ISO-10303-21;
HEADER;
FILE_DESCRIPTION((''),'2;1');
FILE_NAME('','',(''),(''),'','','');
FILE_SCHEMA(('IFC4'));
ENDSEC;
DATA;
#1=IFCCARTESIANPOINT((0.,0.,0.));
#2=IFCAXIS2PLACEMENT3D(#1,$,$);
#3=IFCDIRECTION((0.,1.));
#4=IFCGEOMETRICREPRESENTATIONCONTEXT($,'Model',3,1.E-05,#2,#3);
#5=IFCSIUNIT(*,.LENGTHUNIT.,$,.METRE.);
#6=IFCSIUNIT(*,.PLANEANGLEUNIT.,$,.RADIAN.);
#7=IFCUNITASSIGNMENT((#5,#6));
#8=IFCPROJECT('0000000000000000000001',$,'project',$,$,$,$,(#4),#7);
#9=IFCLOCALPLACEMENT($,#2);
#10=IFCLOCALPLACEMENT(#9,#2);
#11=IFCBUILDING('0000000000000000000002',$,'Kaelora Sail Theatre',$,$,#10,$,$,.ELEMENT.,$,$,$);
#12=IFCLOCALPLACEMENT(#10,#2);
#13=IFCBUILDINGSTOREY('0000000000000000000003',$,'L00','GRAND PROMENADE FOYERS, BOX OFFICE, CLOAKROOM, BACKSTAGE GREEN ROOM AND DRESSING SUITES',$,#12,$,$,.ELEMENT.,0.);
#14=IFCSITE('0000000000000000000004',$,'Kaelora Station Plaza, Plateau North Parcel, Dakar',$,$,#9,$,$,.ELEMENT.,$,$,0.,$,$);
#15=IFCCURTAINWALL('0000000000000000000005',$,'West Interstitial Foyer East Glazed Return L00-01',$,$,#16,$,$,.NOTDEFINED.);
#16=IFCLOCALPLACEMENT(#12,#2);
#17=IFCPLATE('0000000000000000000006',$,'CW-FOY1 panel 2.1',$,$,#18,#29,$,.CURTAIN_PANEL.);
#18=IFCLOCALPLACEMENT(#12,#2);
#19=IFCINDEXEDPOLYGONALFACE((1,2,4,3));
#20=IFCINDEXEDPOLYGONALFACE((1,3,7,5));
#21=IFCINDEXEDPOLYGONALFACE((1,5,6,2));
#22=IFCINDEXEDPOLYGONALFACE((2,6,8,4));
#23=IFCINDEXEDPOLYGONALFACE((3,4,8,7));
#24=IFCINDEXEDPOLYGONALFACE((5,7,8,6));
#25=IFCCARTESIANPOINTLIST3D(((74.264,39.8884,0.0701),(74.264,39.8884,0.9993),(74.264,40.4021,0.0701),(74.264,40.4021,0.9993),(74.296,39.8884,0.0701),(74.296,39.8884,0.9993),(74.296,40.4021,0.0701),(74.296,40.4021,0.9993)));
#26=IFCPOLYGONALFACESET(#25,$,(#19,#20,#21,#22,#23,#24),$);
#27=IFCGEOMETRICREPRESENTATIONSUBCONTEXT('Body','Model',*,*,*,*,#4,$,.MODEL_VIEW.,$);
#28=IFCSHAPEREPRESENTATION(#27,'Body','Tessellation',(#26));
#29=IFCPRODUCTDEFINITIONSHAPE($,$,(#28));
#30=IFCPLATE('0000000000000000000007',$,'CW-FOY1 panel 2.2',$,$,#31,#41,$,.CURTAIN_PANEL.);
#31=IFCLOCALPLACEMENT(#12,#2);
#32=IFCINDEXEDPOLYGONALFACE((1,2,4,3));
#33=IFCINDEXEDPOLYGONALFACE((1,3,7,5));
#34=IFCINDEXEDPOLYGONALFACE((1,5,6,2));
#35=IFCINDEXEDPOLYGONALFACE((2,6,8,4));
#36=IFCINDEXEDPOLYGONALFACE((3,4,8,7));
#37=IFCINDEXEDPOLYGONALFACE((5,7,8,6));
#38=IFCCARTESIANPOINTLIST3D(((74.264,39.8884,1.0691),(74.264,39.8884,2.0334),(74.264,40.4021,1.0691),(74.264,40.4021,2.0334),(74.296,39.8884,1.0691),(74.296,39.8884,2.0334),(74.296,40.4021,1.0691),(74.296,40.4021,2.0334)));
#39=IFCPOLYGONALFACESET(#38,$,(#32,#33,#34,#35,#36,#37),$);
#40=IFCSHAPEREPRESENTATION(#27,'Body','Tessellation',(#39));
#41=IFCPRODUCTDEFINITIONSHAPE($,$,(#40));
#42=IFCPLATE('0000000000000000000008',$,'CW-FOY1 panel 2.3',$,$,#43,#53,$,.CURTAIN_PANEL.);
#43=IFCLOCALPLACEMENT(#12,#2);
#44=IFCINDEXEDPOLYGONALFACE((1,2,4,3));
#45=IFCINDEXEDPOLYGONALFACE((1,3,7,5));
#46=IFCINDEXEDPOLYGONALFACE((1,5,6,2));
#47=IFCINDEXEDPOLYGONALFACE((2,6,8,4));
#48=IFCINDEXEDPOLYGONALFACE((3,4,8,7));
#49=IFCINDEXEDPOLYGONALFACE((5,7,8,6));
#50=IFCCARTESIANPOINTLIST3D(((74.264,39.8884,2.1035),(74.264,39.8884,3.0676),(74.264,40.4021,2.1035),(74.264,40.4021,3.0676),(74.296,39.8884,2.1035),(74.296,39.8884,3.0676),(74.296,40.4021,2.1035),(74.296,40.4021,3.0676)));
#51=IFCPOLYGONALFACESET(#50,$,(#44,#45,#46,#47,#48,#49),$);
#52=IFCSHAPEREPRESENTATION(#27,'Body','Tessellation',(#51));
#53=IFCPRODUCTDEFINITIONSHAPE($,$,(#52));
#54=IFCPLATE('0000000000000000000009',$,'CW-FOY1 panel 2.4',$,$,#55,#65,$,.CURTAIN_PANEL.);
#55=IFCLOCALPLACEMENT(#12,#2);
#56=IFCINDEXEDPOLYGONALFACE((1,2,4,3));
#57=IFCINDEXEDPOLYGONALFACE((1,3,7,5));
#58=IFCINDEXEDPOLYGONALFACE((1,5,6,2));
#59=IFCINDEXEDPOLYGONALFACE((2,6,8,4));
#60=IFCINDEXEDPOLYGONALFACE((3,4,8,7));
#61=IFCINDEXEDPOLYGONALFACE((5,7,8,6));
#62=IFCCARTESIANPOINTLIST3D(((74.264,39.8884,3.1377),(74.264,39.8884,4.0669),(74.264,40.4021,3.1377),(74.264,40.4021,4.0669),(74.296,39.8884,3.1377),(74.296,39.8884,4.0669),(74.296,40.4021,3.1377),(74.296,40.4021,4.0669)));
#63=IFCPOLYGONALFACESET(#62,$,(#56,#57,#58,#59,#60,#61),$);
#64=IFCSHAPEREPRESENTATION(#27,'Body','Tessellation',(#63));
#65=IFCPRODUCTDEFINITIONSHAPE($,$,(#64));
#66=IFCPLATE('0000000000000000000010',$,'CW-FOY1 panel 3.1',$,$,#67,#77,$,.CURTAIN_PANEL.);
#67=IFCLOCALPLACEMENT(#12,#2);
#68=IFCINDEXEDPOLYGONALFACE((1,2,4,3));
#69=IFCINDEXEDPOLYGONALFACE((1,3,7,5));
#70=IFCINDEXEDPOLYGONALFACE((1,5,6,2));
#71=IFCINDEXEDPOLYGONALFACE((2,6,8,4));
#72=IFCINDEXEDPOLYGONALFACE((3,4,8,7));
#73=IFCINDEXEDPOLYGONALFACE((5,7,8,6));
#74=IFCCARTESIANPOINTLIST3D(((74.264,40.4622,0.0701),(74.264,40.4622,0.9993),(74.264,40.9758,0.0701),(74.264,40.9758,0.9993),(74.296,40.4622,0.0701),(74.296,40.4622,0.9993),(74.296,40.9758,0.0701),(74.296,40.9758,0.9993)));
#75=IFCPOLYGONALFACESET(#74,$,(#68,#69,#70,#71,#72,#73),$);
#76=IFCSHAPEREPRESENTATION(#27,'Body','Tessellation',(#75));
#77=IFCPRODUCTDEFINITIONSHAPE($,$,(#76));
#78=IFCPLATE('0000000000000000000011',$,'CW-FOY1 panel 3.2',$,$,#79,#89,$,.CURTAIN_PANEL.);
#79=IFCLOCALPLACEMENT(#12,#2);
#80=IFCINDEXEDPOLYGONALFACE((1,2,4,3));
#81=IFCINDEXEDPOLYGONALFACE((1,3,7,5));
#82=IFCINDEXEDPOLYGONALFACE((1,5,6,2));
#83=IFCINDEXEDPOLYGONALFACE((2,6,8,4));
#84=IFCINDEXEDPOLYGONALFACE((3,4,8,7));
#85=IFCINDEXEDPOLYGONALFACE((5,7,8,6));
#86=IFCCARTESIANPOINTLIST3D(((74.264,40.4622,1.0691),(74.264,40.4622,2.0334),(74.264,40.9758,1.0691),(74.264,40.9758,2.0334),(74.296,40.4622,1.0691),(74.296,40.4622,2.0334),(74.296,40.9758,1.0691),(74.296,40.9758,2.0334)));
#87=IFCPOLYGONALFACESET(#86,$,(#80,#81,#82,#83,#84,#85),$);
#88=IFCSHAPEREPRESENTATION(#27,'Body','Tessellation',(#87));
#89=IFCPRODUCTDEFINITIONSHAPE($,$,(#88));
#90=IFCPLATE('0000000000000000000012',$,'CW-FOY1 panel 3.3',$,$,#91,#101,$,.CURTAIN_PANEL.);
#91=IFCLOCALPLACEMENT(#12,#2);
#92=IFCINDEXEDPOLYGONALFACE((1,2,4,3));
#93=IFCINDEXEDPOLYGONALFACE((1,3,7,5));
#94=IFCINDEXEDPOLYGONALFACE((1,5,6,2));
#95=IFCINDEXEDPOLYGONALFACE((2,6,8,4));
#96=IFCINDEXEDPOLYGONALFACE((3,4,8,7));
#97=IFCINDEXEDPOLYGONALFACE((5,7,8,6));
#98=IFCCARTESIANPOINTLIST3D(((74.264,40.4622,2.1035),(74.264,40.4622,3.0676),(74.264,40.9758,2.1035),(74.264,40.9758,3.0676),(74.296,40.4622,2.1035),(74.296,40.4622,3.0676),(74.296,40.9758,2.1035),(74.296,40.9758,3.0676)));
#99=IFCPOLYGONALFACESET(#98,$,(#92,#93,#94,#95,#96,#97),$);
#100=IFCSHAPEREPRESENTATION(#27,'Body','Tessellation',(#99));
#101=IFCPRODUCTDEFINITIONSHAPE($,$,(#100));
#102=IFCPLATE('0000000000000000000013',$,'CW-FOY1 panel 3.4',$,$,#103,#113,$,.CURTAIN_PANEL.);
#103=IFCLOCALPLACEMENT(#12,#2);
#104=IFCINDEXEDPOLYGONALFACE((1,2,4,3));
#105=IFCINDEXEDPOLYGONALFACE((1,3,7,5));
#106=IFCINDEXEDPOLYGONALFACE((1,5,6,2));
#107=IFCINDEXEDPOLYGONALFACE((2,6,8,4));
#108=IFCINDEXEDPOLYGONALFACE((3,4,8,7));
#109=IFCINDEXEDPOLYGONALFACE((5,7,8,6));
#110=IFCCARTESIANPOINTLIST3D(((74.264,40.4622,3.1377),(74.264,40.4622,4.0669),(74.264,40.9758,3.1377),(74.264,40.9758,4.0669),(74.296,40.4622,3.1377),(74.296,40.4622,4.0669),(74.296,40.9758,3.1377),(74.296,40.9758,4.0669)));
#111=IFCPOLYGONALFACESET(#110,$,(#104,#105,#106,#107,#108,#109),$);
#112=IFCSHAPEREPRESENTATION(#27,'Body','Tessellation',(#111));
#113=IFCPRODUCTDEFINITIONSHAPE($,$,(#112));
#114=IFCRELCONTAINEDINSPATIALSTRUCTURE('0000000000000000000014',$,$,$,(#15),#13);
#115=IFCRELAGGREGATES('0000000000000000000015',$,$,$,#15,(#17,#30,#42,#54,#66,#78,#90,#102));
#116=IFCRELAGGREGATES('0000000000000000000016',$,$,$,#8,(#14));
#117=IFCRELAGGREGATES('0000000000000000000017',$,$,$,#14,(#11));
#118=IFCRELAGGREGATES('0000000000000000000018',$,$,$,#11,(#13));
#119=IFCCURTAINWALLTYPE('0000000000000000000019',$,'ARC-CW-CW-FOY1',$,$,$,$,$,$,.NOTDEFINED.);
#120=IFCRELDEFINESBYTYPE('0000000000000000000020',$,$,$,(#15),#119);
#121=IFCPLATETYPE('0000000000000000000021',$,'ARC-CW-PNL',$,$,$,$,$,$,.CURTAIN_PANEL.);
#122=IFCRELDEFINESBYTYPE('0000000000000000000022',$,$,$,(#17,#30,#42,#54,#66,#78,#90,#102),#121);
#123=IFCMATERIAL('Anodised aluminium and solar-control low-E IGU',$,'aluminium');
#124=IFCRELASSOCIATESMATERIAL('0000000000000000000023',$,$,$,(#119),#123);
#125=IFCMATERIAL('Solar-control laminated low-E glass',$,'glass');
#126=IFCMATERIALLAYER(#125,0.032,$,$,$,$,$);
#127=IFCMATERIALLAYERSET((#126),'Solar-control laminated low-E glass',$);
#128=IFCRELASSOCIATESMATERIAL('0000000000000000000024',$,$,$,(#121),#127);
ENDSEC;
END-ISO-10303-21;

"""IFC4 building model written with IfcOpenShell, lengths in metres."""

from ifc_helpers import new_model, si_unit, direction, frame, origin, origin_2d, place, context, subcontext, project, spatial, rectangle, extrude, material, layer, layer_set, type_object, element, aggregate, save


model = new_model("IFC4")

# Units and contexts
model_context = context("Model", 3, precision=1e-05, world=origin(), true_north=direction((0.0, 1.0)))
body_context = subcontext(model_context, "Body", "Model", "MODEL_VIEW")
ifc_project = project(units=[si_unit("LENGTHUNIT", "METRE"), si_unit("PLANEANGLEUNIT", "RADIAN")], contexts=[model_context])

# Site, building, storey
site_placement = place(None, origin())
site = spatial("IfcSite", under=ifc_project, at=site_placement, Name="Kaelora Station Plaza, Plateau North Parcel, Dakar", CompositionType="ELEMENT", RefElevation=0.0)
building_placement = place(site_placement, origin())
building = spatial("IfcBuilding", under=site, at=building_placement, Name="Kaelora Sail Theatre", CompositionType="ELEMENT")
storey_placement = place(building_placement, origin())
storey = spatial("IfcBuildingStorey", under=building, at=storey_placement, Name="L00", Description="GRAND PROMENADE FOYERS, BOX OFFICE, CLOAKROOM, BACKSTAGE GREEN ROOM AND DRESSING SUITES", CompositionType="ELEMENT", Elevation=0.0)

# Curtain wall
ifc_material_1 = material(Name="Anodised aluminium and solar-control low-E IGU", Category="aluminium")
curtain_wall_type = type_object("IfcCurtainWallType", Name="ARC-CW-CW-FOY1", PredefinedType="NOTDEFINED", material=ifc_material_1)
curtain_wall_placement = place(storey_placement, origin())
curtain_wall = element("IfcCurtainWall", 1, at=curtain_wall_placement, inside=storey, type_object=curtain_wall_type, Name="West Interstitial Foyer East Glazed Return L00-01", PredefinedType="NOTDEFINED")

# Plates
ifc_material_2 = material(Name="Solar-control laminated low-E glass", Category="glass")
ifc_layer = layer(ifc_material_2, 0.032)
ifc_layer_set = layer_set([ifc_layer], Name="Solar-control laminated low-E glass")
plate_type = type_object("IfcPlateType", Name="ARC-CW-PNL", PredefinedType="CURTAIN_PANEL", material=ifc_layer_set)
plate_1_placement = place(storey_placement, frame((74.28, 40.1453, 0.0701), z_axis=(0.0, 0.0, 1.0), x_axis=(0.0, 1.0, 0.0)))
plate_1 = element("IfcPlate", 2, at=plate_1_placement, type_object=plate_type, Name="CW-FOY1 panel 2.1", PredefinedType="CURTAIN_PANEL", context=body_context, shape_type="SweptSolid", body=[
    extrude(rectangle(XDim=0.5137, YDim=0.032, at=origin_2d()), origin(), (0.0, 0.0, 1.0), 0.9292),
])
plate_2_placement = place(storey_placement, frame((74.28, 40.1453, 1.0691), z_axis=(0.0, 0.0, 1.0), x_axis=(0.0, 1.0, 0.0)))
plate_2 = element("IfcPlate", 3, at=plate_2_placement, type_object=plate_type, Name="CW-FOY1 panel 2.2", PredefinedType="CURTAIN_PANEL", context=body_context, shape_type="SweptSolid", body=[
    extrude(rectangle(XDim=0.5137, YDim=0.032, at=origin_2d()), origin(), (0.0, 0.0, 1.0), 0.9644),
])
plate_3_placement = place(storey_placement, frame((74.28, 40.1453, 2.1035), z_axis=(0.0, 0.0, 1.0), x_axis=(0.0, 1.0, 0.0)))
plate_3 = element("IfcPlate", 4, at=plate_3_placement, type_object=plate_type, Name="CW-FOY1 panel 2.3", PredefinedType="CURTAIN_PANEL", context=body_context, shape_type="SweptSolid", body=[
    extrude(rectangle(XDim=0.5137, YDim=0.032, at=origin_2d()), origin(), (0.0, 0.0, 1.0), 0.9641),
])
plate_4_placement = place(storey_placement, frame((74.28, 40.1453, 3.1377), z_axis=(0.0, 0.0, 1.0), x_axis=(0.0, 1.0, 0.0)))
plate_4 = element("IfcPlate", 5, at=plate_4_placement, type_object=plate_type, Name="CW-FOY1 panel 2.4", PredefinedType="CURTAIN_PANEL", context=body_context, shape_type="SweptSolid", body=[
    extrude(rectangle(XDim=0.5137, YDim=0.032, at=origin_2d()), origin(), (0.0, 0.0, 1.0), 0.9292),
])
plate_5_placement = place(storey_placement, frame((74.28, 40.719, 0.0701), z_axis=(0.0, 0.0, 1.0), x_axis=(0.0, 1.0, 0.0)))
plate_5 = element("IfcPlate", 6, at=plate_5_placement, type_object=plate_type, Name="CW-FOY1 panel 3.1", PredefinedType="CURTAIN_PANEL", context=body_context, shape_type="SweptSolid", body=[
    extrude(rectangle(XDim=0.5137, YDim=0.032, at=origin_2d()), origin(), (0.0, 0.0, 1.0), 0.9292),
])
plate_6_placement = place(storey_placement, frame((74.28, 40.719, 1.0691), z_axis=(0.0, 0.0, 1.0), x_axis=(0.0, 1.0, 0.0)))
plate_6 = element("IfcPlate", 7, at=plate_6_placement, type_object=plate_type, Name="CW-FOY1 panel 3.2", PredefinedType="CURTAIN_PANEL", context=body_context, shape_type="SweptSolid", body=[
    extrude(rectangle(XDim=0.5137, YDim=0.032, at=origin_2d()), origin(), (0.0, 0.0, 1.0), 0.9644),
])
plate_7_placement = place(storey_placement, frame((74.28, 40.719, 2.1035), z_axis=(0.0, 0.0, 1.0), x_axis=(0.0, 1.0, 0.0)))
plate_7 = element("IfcPlate", 8, at=plate_7_placement, type_object=plate_type, Name="CW-FOY1 panel 3.3", PredefinedType="CURTAIN_PANEL", context=body_context, shape_type="SweptSolid", body=[
    extrude(rectangle(XDim=0.5137, YDim=0.032, at=origin_2d()), origin(), (0.0, 0.0, 1.0), 0.9641),
])
plate_8_placement = place(storey_placement, frame((74.28, 40.719, 3.1377), z_axis=(0.0, 0.0, 1.0), x_axis=(0.0, 1.0, 0.0)))
plate_8 = element("IfcPlate", 9, at=plate_8_placement, type_object=plate_type, Name="CW-FOY1 panel 3.4", PredefinedType="CURTAIN_PANEL", context=body_context, shape_type="SweptSolid", body=[
    extrude(rectangle(XDim=0.5137, YDim=0.032, at=origin_2d()), origin(), (0.0, 0.0, 1.0), 0.9292),
])
aggregate(curtain_wall, [plate_1, plate_2, plate_3, plate_4, plate_5, plate_6, plate_7, plate_8])

save(model, "model.ifc")
